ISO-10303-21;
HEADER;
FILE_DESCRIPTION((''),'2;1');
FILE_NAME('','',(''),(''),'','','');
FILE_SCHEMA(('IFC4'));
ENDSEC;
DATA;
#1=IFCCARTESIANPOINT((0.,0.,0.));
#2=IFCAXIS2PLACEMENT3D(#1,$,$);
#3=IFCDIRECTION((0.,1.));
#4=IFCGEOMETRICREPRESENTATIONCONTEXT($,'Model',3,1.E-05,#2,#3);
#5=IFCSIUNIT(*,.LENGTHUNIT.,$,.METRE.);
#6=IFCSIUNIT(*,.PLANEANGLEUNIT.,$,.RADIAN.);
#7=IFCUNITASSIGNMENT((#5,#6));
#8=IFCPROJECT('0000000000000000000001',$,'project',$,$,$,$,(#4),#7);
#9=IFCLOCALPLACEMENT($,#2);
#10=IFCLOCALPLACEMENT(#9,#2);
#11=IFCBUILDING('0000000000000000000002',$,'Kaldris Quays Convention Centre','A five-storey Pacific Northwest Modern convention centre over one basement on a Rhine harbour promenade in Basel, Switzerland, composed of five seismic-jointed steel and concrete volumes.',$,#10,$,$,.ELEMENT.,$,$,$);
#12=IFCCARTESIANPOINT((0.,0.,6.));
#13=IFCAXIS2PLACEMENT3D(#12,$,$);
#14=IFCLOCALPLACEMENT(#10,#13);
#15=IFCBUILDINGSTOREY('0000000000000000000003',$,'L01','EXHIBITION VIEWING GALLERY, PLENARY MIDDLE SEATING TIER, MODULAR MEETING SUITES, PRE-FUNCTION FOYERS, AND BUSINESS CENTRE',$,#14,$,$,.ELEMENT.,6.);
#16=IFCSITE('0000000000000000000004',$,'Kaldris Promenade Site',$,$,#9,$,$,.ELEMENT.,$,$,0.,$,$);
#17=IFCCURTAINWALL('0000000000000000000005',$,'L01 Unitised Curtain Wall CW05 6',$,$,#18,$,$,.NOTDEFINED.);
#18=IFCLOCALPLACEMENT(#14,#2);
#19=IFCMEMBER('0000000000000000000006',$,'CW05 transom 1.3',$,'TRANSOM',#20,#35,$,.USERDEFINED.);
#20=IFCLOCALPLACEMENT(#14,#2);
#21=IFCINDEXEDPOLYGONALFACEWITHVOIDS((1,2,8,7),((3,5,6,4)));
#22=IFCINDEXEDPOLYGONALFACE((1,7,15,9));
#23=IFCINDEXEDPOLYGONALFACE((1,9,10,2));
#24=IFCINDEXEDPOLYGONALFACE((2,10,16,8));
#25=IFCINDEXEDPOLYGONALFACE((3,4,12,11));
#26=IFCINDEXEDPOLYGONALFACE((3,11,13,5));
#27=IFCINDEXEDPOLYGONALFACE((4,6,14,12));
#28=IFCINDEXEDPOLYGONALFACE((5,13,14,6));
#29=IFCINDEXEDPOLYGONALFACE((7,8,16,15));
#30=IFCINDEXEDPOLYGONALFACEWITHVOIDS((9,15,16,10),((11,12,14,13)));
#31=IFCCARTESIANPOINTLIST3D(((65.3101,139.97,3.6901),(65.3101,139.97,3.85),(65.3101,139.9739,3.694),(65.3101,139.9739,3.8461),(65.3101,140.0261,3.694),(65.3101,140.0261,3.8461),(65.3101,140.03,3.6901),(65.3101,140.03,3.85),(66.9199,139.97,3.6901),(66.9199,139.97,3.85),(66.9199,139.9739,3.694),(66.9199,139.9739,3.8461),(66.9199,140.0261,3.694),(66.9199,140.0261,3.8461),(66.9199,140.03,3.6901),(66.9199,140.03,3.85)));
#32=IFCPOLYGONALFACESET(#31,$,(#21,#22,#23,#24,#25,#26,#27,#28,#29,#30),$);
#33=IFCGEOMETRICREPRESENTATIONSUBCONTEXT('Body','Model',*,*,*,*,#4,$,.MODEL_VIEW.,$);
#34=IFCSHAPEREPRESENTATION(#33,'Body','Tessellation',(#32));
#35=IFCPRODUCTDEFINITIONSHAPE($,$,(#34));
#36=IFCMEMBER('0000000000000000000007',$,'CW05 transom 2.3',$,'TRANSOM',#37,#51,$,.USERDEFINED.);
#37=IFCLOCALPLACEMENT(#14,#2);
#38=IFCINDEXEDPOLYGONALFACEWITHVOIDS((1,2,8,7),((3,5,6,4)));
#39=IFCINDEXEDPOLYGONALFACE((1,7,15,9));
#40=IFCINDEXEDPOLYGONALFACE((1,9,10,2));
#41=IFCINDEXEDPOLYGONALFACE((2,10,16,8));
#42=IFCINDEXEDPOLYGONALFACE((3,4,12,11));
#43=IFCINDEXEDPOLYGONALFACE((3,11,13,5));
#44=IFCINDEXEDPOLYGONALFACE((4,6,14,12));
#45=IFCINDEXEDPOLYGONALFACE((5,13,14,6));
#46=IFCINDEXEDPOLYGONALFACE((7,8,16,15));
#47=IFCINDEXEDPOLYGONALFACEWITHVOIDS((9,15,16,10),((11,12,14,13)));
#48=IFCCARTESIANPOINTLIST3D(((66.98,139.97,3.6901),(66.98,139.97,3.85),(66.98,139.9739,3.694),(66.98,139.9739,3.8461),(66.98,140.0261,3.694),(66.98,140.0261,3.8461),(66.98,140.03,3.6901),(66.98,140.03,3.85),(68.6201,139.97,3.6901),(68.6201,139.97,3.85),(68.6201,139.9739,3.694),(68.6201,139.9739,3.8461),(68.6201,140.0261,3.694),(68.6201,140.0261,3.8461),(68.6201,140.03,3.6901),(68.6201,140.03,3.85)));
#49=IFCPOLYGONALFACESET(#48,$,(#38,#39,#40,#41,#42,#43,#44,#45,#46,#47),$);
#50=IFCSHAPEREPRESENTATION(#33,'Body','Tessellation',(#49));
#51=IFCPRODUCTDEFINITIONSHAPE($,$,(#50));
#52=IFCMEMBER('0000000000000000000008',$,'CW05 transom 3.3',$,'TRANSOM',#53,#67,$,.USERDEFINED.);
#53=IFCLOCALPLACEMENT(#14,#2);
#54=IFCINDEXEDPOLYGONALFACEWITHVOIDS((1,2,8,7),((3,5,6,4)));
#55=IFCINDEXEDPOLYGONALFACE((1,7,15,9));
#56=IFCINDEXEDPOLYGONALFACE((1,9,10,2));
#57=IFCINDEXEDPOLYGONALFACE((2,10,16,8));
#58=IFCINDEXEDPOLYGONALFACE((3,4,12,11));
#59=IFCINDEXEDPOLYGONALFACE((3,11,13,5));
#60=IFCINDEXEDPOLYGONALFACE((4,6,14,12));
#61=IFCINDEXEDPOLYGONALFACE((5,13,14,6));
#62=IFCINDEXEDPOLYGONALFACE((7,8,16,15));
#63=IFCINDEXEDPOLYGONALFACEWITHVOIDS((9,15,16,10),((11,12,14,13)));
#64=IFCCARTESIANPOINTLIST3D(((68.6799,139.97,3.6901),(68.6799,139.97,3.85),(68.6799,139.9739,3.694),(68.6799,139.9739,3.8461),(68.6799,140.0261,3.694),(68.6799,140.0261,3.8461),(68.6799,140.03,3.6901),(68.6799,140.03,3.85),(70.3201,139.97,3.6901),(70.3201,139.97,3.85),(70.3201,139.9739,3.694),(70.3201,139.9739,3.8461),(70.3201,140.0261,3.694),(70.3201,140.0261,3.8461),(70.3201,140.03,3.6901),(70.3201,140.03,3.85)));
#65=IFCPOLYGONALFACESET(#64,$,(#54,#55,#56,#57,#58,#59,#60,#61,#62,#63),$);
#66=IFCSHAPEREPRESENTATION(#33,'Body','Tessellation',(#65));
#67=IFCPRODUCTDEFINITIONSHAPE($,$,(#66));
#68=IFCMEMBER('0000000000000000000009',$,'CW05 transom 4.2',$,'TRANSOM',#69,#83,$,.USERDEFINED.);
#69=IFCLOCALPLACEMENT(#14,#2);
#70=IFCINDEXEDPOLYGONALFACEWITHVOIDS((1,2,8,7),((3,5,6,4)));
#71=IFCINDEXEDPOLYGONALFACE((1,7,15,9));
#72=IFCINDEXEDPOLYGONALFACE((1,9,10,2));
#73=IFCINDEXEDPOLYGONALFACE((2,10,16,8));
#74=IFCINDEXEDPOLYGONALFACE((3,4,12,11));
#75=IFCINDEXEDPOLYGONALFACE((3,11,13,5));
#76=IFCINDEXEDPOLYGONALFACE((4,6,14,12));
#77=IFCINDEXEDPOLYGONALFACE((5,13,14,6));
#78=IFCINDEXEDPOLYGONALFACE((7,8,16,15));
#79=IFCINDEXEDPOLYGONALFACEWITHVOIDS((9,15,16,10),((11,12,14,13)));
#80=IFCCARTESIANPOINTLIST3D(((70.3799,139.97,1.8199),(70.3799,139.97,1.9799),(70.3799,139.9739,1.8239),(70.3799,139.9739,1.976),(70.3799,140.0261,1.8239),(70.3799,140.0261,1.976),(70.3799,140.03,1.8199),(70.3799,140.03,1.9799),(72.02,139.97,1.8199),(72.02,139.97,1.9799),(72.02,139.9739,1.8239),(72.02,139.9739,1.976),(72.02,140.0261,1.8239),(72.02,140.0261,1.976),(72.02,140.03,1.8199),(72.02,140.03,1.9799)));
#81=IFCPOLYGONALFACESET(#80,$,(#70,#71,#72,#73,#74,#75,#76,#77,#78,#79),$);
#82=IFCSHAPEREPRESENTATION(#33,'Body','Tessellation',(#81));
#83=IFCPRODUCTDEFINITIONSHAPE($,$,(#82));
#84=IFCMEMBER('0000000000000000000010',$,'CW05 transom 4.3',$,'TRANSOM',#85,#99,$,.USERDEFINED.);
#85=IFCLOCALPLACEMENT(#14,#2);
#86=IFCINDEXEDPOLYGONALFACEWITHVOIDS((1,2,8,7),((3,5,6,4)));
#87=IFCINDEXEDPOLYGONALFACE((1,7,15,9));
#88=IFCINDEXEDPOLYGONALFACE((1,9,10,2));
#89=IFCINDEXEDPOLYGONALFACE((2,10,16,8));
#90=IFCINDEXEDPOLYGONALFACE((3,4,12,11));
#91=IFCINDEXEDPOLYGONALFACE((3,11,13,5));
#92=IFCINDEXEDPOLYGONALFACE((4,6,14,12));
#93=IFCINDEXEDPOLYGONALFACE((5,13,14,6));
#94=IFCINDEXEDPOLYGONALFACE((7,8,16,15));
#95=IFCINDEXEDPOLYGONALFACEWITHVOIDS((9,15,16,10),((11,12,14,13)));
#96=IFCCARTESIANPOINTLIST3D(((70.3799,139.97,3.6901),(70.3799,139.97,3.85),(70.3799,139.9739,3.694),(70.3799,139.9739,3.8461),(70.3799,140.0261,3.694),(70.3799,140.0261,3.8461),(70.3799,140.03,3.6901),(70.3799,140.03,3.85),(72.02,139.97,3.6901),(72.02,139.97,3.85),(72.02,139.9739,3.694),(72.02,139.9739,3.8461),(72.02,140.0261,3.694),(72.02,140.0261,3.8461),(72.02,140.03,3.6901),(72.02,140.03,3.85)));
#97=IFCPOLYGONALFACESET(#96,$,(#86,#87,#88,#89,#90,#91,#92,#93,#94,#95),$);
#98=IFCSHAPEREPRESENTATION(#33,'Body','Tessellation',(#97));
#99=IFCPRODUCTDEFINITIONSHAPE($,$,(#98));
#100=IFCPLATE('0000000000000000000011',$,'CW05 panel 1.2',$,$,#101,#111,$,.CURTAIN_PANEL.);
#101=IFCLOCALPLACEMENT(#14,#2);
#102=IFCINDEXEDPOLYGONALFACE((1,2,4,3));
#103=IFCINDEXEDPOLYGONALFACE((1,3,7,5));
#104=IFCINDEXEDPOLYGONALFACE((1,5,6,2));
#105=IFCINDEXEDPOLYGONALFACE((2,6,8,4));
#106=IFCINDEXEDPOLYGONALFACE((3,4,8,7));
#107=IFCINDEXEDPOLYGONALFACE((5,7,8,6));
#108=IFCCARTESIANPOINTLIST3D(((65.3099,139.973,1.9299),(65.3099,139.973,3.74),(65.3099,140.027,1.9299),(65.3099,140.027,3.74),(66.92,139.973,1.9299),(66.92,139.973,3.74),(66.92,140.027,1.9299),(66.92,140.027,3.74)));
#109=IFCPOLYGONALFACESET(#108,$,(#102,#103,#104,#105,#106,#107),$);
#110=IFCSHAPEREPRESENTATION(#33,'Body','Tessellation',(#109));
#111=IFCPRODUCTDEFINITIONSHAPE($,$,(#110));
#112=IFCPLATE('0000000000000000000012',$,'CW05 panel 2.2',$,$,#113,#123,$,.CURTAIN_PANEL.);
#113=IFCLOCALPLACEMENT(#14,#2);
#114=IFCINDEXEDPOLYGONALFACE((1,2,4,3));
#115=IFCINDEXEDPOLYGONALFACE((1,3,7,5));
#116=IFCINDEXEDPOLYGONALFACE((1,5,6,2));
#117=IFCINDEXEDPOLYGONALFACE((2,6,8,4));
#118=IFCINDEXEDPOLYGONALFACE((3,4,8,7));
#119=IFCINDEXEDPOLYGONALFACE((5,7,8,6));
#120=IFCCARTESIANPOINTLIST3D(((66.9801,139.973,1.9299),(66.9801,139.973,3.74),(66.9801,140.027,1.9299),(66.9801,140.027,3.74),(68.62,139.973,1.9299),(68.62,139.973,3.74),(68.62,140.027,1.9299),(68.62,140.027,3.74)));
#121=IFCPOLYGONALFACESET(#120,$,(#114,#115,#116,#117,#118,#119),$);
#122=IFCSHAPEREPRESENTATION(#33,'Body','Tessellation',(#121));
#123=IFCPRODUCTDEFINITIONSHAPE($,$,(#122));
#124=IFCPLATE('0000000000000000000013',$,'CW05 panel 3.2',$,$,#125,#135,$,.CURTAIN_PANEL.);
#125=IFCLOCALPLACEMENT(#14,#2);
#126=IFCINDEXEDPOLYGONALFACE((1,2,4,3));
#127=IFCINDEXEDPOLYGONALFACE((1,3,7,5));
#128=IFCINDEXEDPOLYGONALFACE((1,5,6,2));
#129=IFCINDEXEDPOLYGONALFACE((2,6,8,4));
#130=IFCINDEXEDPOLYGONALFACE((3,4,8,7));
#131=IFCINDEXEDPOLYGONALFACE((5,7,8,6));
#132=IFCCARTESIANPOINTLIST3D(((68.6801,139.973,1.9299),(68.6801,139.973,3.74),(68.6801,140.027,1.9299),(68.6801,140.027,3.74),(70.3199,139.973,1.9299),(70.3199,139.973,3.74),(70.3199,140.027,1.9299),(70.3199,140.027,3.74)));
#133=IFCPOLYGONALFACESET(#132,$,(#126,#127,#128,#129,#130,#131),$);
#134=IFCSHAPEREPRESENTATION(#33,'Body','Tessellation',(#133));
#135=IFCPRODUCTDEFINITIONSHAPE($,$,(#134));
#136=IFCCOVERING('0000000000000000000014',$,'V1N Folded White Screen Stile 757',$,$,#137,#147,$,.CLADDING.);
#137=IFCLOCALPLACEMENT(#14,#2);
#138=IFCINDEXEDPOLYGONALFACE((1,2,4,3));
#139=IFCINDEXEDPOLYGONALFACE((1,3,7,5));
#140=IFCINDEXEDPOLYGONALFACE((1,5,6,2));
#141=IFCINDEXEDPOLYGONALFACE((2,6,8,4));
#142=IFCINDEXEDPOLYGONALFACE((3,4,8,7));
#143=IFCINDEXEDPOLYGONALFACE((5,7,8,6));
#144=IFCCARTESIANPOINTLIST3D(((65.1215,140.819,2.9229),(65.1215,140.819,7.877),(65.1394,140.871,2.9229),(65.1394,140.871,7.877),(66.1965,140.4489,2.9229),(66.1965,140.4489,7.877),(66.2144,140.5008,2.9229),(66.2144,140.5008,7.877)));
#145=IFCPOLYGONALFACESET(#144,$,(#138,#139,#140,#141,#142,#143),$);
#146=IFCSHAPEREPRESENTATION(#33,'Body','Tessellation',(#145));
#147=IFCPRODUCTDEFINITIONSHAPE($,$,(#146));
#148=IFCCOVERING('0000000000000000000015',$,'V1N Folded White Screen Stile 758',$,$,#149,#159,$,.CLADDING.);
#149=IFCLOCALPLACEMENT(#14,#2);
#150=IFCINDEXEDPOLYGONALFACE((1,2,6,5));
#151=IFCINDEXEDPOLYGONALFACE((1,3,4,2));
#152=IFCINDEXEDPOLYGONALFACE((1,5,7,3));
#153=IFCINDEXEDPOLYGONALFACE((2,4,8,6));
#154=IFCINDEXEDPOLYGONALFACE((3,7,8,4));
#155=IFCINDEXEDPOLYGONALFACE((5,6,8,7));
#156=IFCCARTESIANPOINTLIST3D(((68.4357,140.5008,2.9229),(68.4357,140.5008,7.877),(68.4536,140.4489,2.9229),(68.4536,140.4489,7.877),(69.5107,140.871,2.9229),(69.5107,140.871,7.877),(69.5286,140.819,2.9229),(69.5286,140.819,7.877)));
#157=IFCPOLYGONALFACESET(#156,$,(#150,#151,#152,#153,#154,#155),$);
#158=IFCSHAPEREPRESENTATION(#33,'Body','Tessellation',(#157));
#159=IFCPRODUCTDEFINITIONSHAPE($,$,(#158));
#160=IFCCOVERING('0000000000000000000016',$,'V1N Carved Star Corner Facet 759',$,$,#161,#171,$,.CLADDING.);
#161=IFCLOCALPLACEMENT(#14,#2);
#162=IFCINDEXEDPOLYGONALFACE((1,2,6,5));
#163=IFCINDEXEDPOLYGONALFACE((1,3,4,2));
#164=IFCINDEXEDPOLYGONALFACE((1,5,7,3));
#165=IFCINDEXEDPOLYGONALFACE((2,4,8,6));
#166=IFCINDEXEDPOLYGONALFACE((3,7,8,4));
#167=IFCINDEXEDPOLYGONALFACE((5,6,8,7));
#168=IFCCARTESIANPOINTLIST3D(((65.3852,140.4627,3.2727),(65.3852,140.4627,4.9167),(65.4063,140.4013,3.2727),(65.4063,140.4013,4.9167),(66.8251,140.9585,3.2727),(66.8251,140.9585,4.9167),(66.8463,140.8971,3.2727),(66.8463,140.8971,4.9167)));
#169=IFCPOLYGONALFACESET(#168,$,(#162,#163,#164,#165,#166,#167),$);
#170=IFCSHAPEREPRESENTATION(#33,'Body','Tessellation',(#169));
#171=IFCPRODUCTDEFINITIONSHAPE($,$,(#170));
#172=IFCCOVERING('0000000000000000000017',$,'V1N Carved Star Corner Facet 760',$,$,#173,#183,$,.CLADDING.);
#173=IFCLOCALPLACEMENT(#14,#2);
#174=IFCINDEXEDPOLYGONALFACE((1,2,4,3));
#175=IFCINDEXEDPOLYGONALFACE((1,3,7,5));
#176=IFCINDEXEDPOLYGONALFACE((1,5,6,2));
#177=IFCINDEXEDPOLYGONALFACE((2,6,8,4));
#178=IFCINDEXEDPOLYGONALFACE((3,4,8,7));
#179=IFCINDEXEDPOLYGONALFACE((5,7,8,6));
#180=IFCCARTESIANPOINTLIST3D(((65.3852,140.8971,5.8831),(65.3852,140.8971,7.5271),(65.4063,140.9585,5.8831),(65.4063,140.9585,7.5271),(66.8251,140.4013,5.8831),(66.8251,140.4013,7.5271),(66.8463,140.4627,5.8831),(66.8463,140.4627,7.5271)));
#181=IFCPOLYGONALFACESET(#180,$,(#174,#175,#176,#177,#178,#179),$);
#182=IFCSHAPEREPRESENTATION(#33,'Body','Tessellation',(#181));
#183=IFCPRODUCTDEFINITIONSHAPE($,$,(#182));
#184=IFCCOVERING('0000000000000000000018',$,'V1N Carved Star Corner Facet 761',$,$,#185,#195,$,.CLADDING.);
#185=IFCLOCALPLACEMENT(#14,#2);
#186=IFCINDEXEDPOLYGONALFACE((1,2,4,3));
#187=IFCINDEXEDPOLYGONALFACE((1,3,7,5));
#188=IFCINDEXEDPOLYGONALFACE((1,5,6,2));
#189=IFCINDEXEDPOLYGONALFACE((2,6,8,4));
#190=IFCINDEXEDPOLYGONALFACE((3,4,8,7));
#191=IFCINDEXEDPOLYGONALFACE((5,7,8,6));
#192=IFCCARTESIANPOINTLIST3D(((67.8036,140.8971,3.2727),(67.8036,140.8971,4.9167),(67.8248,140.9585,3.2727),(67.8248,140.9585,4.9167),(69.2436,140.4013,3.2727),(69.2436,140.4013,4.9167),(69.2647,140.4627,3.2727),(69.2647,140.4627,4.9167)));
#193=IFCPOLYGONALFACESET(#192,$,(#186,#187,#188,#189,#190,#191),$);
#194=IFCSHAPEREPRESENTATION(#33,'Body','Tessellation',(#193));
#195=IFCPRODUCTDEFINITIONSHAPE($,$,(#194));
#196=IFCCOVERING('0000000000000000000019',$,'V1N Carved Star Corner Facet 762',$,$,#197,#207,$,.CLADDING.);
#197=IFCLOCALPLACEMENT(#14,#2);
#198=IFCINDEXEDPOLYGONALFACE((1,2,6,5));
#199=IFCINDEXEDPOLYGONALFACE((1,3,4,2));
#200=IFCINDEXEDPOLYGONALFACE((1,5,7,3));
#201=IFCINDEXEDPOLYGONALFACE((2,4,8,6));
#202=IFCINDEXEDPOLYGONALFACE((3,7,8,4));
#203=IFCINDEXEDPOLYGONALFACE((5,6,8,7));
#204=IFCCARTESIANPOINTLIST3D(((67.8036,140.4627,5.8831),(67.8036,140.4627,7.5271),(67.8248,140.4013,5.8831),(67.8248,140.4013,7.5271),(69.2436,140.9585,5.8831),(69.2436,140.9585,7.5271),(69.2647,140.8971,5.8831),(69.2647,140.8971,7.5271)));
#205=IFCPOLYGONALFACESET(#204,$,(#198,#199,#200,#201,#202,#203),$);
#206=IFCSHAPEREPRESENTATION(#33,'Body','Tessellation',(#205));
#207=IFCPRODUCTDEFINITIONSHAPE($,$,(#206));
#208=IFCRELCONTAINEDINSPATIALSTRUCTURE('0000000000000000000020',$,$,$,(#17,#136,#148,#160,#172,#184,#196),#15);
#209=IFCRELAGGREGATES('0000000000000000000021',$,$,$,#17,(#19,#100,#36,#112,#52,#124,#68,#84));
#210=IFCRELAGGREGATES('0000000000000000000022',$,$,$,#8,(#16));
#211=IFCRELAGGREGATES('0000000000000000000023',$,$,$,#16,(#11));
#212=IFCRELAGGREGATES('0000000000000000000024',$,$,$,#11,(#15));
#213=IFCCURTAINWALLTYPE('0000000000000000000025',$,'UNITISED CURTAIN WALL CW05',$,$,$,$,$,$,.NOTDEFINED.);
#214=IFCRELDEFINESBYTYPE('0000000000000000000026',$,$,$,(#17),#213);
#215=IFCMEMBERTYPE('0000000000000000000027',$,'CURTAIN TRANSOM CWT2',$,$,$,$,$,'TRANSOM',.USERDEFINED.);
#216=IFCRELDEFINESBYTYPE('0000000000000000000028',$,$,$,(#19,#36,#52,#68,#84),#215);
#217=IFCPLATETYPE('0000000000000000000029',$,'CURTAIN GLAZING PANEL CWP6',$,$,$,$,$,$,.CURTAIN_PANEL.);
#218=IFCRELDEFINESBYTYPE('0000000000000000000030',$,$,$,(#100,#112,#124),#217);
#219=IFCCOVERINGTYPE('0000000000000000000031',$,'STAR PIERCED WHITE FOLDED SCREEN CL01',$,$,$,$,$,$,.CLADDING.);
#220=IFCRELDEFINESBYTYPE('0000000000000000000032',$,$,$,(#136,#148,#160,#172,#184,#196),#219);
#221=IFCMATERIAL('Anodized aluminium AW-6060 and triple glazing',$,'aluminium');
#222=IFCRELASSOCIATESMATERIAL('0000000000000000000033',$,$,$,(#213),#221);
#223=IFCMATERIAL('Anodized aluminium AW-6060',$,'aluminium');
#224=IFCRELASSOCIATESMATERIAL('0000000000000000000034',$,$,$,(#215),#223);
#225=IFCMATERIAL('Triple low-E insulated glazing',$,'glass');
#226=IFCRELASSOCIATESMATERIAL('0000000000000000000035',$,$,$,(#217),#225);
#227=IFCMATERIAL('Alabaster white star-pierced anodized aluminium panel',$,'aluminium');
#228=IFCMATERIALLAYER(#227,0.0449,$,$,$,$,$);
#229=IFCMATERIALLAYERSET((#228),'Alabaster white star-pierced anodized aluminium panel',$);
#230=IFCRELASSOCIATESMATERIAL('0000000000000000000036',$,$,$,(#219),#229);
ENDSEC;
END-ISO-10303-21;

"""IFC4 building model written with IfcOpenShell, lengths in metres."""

from ifc_helpers import new_model, si_unit, direction, frame, origin, origin_2d, place, context, subcontext, project, spatial, rectangle, hollow_rectangle, extrude, material, layer, layer_set, material_profile, profile_set, type_object, element, aggregate, save


model = new_model("IFC4")

# Units and contexts
model_context = context("Model", 3, precision=1e-05, world=origin(), true_north=direction((0.0, 1.0)))
body_context = subcontext(model_context, "Body", "Model", "MODEL_VIEW")
ifc_project = project(units=[si_unit("LENGTHUNIT", "METRE"), si_unit("PLANEANGLEUNIT", "RADIAN")], contexts=[model_context])

# Site, building, storey
site_placement = place(None, origin())
site = spatial("IfcSite", under=ifc_project, at=site_placement, Name="Kaldris Promenade Site", CompositionType="ELEMENT", RefElevation=0.0)
building_placement = place(site_placement, origin())
building = spatial("IfcBuilding", under=site, at=building_placement, Name="Kaldris Quays Convention Centre", Description="A five-storey Pacific Northwest Modern convention centre over one basement on a Rhine harbour promenade in Basel, Switzerland, composed of five seismic-jointed steel and concrete volumes.", CompositionType="ELEMENT")
storey_placement = place(building_placement, frame((0.0, 0.0, 6.0)))
storey = spatial("IfcBuildingStorey", under=building, at=storey_placement, Name="L01", Description="EXHIBITION VIEWING GALLERY, PLENARY MIDDLE SEATING TIER, MODULAR MEETING SUITES, PRE-FUNCTION FOYERS, AND BUSINESS CENTRE", CompositionType="ELEMENT", Elevation=6.0)

# Curtain wall, members, plates
ifc_material_1 = material(Name="Anodized aluminium AW-6060 and triple glazing", Category="aluminium")
curtain_wall_type = type_object("IfcCurtainWallType", Name="UNITISED CURTAIN WALL CW05", PredefinedType="NOTDEFINED", material=ifc_material_1)
curtain_wall_placement = place(storey_placement, origin())
curtain_wall = element("IfcCurtainWall", 1, at=curtain_wall_placement, inside=storey, type_object=curtain_wall_type, Name="L01 Unitised Curtain Wall CW05 6", PredefinedType="NOTDEFINED")
ifc_material_2 = material(Name="Anodized aluminium AW-6060", Category="aluminium")
ifc_material_profile = material_profile(ifc_material_2, hollow_rectangle(XDim=0.0601, YDim=0.1599, WallThickness=0.0039, at=origin_2d()), Name="RHS 160x60x4")
ifc_profile_set = profile_set([ifc_material_profile], Name="Anodized aluminium AW-6060")
member_type = type_object("IfcMemberType", Name="CURTAIN TRANSOM CWT2", ElementType="TRANSOM", PredefinedType="USERDEFINED", material=ifc_profile_set)
member_1_placement = place(storey_placement, frame((65.3101, 140.0, 3.77), z_axis=(1.0, 0.0, 0.0), x_axis=(0.0, 1.0, 0.0)))
member_1 = element("IfcMember", 2, at=member_1_placement, type_object=member_type, Name="CW05 transom 1.3", ObjectType="TRANSOM", PredefinedType="USERDEFINED", context=body_context, shape_type="SweptSolid", body=[
    extrude(hollow_rectangle(XDim=0.0601, YDim=0.1599, WallThickness=0.0039, at=origin_2d()), origin(), (0.0, 0.0, 1.0), 1.6099),
])
member_2_placement = place(storey_placement, frame((66.98, 140.0, 3.77), z_axis=(1.0, 0.0, 0.0), x_axis=(0.0, 1.0, 0.0)))
member_2 = element("IfcMember", 3, at=member_2_placement, type_object=member_type, Name="CW05 transom 2.3", ObjectType="TRANSOM", PredefinedType="USERDEFINED", context=body_context, shape_type="SweptSolid", body=[
    extrude(hollow_rectangle(XDim=0.0601, YDim=0.1599, WallThickness=0.0039, at=origin_2d()), origin(), (0.0, 0.0, 1.0), 1.6401),
])
member_3_placement = place(storey_placement, frame((68.6799, 140.0, 3.77), z_axis=(1.0, 0.0, 0.0), x_axis=(0.0, 1.0, 0.0)))
member_3 = element("IfcMember", 4, at=member_3_placement, type_object=member_type, Name="CW05 transom 3.3", ObjectType="TRANSOM", PredefinedType="USERDEFINED", context=body_context, shape_type="SweptSolid", body=[
    extrude(hollow_rectangle(XDim=0.0601, YDim=0.1599, WallThickness=0.0039, at=origin_2d()), origin(), (0.0, 0.0, 1.0), 1.6401),
])
member_4_placement = place(storey_placement, frame((70.3799, 140.0, 1.8999), z_axis=(1.0, 0.0, 0.0), x_axis=(0.0, 1.0, 0.0)))
member_4 = element("IfcMember", 5, at=member_4_placement, type_object=member_type, Name="CW05 transom 4.2", ObjectType="TRANSOM", PredefinedType="USERDEFINED", context=body_context, shape_type="SweptSolid", body=[
    extrude(hollow_rectangle(XDim=0.0601, YDim=0.1599, WallThickness=0.0039, at=origin_2d()), origin(), (0.0, 0.0, 1.0), 1.6401),
])
member_5_placement = place(storey_placement, frame((70.3799, 140.0, 3.77), z_axis=(1.0, 0.0, 0.0), x_axis=(0.0, 1.0, 0.0)))
member_5 = element("IfcMember", 6, at=member_5_placement, type_object=member_type, Name="CW05 transom 4.3", ObjectType="TRANSOM", PredefinedType="USERDEFINED", context=body_context, shape_type="SweptSolid", body=[
    extrude(hollow_rectangle(XDim=0.0601, YDim=0.1599, WallThickness=0.0039, at=origin_2d()), origin(), (0.0, 0.0, 1.0), 1.6401),
])
ifc_material_3 = material(Name="Triple low-E insulated glazing", Category="glass")
plate_type = type_object("IfcPlateType", Name="CURTAIN GLAZING PANEL CWP6", PredefinedType="CURTAIN_PANEL", material=ifc_material_3)
plate_1_placement = place(storey_placement, frame((66.115, 140.0, 1.9299), z_axis=(0.0, 0.0, 1.0), x_axis=(1.0, 0.0, 0.0)))
plate_1 = element("IfcPlate", 7, at=plate_1_placement, type_object=plate_type, Name="CW05 panel 1.2", PredefinedType="CURTAIN_PANEL", context=body_context, shape_type="SweptSolid", body=[
    extrude(rectangle(XDim=1.6101, YDim=0.054, at=origin_2d()), origin(), (0.0, 0.0, 1.0), 1.8101),
])
plate_2_placement = place(storey_placement, frame((67.8, 140.0, 1.9299), z_axis=(0.0, 0.0, 1.0), x_axis=(1.0, 0.0, 0.0)))
plate_2 = element("IfcPlate", 8, at=plate_2_placement, type_object=plate_type, Name="CW05 panel 2.2", PredefinedType="CURTAIN_PANEL", context=body_context, shape_type="SweptSolid", body=[
    extrude(rectangle(XDim=1.6399, YDim=0.054, at=origin_2d()), origin(), (0.0, 0.0, 1.0), 1.8101),
])
plate_3_placement = place(storey_placement, frame((69.5, 140.0, 1.9299), z_axis=(0.0, 0.0, 1.0), x_axis=(1.0, 0.0, 0.0)))
plate_3 = element("IfcPlate", 9, at=plate_3_placement, type_object=plate_type, Name="CW05 panel 3.2", PredefinedType="CURTAIN_PANEL", context=body_context, shape_type="SweptSolid", body=[
    extrude(rectangle(XDim=1.6399, YDim=0.054, at=origin_2d()), origin(), (0.0, 0.0, 1.0), 1.8101),
])
aggregate(curtain_wall, [member_1, plate_1, member_2, plate_2, member_3, plate_3, member_4, member_5])

# Coverings
ifc_material_4 = material(Name="Alabaster white star-pierced anodized aluminium panel", Category="aluminium")
ifc_layer = layer(ifc_material_4, 0.0449)
ifc_layer_set = layer_set([ifc_layer], Name="Alabaster white star-pierced anodized aluminium panel")
covering_type = type_object("IfcCoveringType", Name="STAR PIERCED WHITE FOLDED SCREEN CL01", PredefinedType="CLADDING", material=ifc_layer_set)
for number, where, z_axis, x_axis, name in (
    (10, (65.668, 140.6599, 2.9229), (0.0, 0.0, 1.0), (0.945519, -0.325568, 0.0), "V1N Folded White Screen Stile 757"),
    (11, (68.9822, 140.6599, 2.9229), (0.0, 0.0, 1.0), (0.945519, 0.325568, 0.0), "V1N Folded White Screen Stile 758"),
):
    element("IfcCovering", number, at=place(storey_placement, frame(where, z_axis=z_axis, x_axis=x_axis)), inside=storey, type_object=covering_type, Name=name, PredefinedType="CLADDING", context=body_context, shape_type="SweptSolid", body=[
        extrude(rectangle(XDim=1.137, YDim=0.0549, at=origin_2d()), origin(), (0.0, 0.0, 1.0), 4.9541),
    ])
for number, where, z_axis, x_axis, name in (
    (12, (66.1157, 140.6799, 3.2727), (0.0, 0.0, 1.0), (0.945519, 0.325568, 0.0), "V1N Carved Star Corner Facet 759"),
    (13, (66.1157, 140.6799, 5.8831), (0.0, 0.0, 1.0), (0.945519, -0.325568, 0.0), "V1N Carved Star Corner Facet 760"),
    (14, (68.5342, 140.6799, 3.2727), (0.0, 0.0, 1.0), (0.945519, -0.325568, 0.0), "V1N Carved Star Corner Facet 761"),
    (15, (68.5342, 140.6799, 5.8831), (0.0, 0.0, 1.0), (0.945519, 0.325568, 0.0), "V1N Carved Star Corner Facet 762"),
):
    element("IfcCovering", number, at=place(storey_placement, frame(where, z_axis=z_axis, x_axis=x_axis)), inside=storey, type_object=covering_type, Name=name, PredefinedType="CLADDING", context=body_context, shape_type="SweptSolid", body=[
        extrude(rectangle(XDim=1.5229, YDim=0.0649, at=origin_2d()), origin(), (0.0, 0.0, 1.0), 1.644),
    ])

save(model, "model.ifc")
